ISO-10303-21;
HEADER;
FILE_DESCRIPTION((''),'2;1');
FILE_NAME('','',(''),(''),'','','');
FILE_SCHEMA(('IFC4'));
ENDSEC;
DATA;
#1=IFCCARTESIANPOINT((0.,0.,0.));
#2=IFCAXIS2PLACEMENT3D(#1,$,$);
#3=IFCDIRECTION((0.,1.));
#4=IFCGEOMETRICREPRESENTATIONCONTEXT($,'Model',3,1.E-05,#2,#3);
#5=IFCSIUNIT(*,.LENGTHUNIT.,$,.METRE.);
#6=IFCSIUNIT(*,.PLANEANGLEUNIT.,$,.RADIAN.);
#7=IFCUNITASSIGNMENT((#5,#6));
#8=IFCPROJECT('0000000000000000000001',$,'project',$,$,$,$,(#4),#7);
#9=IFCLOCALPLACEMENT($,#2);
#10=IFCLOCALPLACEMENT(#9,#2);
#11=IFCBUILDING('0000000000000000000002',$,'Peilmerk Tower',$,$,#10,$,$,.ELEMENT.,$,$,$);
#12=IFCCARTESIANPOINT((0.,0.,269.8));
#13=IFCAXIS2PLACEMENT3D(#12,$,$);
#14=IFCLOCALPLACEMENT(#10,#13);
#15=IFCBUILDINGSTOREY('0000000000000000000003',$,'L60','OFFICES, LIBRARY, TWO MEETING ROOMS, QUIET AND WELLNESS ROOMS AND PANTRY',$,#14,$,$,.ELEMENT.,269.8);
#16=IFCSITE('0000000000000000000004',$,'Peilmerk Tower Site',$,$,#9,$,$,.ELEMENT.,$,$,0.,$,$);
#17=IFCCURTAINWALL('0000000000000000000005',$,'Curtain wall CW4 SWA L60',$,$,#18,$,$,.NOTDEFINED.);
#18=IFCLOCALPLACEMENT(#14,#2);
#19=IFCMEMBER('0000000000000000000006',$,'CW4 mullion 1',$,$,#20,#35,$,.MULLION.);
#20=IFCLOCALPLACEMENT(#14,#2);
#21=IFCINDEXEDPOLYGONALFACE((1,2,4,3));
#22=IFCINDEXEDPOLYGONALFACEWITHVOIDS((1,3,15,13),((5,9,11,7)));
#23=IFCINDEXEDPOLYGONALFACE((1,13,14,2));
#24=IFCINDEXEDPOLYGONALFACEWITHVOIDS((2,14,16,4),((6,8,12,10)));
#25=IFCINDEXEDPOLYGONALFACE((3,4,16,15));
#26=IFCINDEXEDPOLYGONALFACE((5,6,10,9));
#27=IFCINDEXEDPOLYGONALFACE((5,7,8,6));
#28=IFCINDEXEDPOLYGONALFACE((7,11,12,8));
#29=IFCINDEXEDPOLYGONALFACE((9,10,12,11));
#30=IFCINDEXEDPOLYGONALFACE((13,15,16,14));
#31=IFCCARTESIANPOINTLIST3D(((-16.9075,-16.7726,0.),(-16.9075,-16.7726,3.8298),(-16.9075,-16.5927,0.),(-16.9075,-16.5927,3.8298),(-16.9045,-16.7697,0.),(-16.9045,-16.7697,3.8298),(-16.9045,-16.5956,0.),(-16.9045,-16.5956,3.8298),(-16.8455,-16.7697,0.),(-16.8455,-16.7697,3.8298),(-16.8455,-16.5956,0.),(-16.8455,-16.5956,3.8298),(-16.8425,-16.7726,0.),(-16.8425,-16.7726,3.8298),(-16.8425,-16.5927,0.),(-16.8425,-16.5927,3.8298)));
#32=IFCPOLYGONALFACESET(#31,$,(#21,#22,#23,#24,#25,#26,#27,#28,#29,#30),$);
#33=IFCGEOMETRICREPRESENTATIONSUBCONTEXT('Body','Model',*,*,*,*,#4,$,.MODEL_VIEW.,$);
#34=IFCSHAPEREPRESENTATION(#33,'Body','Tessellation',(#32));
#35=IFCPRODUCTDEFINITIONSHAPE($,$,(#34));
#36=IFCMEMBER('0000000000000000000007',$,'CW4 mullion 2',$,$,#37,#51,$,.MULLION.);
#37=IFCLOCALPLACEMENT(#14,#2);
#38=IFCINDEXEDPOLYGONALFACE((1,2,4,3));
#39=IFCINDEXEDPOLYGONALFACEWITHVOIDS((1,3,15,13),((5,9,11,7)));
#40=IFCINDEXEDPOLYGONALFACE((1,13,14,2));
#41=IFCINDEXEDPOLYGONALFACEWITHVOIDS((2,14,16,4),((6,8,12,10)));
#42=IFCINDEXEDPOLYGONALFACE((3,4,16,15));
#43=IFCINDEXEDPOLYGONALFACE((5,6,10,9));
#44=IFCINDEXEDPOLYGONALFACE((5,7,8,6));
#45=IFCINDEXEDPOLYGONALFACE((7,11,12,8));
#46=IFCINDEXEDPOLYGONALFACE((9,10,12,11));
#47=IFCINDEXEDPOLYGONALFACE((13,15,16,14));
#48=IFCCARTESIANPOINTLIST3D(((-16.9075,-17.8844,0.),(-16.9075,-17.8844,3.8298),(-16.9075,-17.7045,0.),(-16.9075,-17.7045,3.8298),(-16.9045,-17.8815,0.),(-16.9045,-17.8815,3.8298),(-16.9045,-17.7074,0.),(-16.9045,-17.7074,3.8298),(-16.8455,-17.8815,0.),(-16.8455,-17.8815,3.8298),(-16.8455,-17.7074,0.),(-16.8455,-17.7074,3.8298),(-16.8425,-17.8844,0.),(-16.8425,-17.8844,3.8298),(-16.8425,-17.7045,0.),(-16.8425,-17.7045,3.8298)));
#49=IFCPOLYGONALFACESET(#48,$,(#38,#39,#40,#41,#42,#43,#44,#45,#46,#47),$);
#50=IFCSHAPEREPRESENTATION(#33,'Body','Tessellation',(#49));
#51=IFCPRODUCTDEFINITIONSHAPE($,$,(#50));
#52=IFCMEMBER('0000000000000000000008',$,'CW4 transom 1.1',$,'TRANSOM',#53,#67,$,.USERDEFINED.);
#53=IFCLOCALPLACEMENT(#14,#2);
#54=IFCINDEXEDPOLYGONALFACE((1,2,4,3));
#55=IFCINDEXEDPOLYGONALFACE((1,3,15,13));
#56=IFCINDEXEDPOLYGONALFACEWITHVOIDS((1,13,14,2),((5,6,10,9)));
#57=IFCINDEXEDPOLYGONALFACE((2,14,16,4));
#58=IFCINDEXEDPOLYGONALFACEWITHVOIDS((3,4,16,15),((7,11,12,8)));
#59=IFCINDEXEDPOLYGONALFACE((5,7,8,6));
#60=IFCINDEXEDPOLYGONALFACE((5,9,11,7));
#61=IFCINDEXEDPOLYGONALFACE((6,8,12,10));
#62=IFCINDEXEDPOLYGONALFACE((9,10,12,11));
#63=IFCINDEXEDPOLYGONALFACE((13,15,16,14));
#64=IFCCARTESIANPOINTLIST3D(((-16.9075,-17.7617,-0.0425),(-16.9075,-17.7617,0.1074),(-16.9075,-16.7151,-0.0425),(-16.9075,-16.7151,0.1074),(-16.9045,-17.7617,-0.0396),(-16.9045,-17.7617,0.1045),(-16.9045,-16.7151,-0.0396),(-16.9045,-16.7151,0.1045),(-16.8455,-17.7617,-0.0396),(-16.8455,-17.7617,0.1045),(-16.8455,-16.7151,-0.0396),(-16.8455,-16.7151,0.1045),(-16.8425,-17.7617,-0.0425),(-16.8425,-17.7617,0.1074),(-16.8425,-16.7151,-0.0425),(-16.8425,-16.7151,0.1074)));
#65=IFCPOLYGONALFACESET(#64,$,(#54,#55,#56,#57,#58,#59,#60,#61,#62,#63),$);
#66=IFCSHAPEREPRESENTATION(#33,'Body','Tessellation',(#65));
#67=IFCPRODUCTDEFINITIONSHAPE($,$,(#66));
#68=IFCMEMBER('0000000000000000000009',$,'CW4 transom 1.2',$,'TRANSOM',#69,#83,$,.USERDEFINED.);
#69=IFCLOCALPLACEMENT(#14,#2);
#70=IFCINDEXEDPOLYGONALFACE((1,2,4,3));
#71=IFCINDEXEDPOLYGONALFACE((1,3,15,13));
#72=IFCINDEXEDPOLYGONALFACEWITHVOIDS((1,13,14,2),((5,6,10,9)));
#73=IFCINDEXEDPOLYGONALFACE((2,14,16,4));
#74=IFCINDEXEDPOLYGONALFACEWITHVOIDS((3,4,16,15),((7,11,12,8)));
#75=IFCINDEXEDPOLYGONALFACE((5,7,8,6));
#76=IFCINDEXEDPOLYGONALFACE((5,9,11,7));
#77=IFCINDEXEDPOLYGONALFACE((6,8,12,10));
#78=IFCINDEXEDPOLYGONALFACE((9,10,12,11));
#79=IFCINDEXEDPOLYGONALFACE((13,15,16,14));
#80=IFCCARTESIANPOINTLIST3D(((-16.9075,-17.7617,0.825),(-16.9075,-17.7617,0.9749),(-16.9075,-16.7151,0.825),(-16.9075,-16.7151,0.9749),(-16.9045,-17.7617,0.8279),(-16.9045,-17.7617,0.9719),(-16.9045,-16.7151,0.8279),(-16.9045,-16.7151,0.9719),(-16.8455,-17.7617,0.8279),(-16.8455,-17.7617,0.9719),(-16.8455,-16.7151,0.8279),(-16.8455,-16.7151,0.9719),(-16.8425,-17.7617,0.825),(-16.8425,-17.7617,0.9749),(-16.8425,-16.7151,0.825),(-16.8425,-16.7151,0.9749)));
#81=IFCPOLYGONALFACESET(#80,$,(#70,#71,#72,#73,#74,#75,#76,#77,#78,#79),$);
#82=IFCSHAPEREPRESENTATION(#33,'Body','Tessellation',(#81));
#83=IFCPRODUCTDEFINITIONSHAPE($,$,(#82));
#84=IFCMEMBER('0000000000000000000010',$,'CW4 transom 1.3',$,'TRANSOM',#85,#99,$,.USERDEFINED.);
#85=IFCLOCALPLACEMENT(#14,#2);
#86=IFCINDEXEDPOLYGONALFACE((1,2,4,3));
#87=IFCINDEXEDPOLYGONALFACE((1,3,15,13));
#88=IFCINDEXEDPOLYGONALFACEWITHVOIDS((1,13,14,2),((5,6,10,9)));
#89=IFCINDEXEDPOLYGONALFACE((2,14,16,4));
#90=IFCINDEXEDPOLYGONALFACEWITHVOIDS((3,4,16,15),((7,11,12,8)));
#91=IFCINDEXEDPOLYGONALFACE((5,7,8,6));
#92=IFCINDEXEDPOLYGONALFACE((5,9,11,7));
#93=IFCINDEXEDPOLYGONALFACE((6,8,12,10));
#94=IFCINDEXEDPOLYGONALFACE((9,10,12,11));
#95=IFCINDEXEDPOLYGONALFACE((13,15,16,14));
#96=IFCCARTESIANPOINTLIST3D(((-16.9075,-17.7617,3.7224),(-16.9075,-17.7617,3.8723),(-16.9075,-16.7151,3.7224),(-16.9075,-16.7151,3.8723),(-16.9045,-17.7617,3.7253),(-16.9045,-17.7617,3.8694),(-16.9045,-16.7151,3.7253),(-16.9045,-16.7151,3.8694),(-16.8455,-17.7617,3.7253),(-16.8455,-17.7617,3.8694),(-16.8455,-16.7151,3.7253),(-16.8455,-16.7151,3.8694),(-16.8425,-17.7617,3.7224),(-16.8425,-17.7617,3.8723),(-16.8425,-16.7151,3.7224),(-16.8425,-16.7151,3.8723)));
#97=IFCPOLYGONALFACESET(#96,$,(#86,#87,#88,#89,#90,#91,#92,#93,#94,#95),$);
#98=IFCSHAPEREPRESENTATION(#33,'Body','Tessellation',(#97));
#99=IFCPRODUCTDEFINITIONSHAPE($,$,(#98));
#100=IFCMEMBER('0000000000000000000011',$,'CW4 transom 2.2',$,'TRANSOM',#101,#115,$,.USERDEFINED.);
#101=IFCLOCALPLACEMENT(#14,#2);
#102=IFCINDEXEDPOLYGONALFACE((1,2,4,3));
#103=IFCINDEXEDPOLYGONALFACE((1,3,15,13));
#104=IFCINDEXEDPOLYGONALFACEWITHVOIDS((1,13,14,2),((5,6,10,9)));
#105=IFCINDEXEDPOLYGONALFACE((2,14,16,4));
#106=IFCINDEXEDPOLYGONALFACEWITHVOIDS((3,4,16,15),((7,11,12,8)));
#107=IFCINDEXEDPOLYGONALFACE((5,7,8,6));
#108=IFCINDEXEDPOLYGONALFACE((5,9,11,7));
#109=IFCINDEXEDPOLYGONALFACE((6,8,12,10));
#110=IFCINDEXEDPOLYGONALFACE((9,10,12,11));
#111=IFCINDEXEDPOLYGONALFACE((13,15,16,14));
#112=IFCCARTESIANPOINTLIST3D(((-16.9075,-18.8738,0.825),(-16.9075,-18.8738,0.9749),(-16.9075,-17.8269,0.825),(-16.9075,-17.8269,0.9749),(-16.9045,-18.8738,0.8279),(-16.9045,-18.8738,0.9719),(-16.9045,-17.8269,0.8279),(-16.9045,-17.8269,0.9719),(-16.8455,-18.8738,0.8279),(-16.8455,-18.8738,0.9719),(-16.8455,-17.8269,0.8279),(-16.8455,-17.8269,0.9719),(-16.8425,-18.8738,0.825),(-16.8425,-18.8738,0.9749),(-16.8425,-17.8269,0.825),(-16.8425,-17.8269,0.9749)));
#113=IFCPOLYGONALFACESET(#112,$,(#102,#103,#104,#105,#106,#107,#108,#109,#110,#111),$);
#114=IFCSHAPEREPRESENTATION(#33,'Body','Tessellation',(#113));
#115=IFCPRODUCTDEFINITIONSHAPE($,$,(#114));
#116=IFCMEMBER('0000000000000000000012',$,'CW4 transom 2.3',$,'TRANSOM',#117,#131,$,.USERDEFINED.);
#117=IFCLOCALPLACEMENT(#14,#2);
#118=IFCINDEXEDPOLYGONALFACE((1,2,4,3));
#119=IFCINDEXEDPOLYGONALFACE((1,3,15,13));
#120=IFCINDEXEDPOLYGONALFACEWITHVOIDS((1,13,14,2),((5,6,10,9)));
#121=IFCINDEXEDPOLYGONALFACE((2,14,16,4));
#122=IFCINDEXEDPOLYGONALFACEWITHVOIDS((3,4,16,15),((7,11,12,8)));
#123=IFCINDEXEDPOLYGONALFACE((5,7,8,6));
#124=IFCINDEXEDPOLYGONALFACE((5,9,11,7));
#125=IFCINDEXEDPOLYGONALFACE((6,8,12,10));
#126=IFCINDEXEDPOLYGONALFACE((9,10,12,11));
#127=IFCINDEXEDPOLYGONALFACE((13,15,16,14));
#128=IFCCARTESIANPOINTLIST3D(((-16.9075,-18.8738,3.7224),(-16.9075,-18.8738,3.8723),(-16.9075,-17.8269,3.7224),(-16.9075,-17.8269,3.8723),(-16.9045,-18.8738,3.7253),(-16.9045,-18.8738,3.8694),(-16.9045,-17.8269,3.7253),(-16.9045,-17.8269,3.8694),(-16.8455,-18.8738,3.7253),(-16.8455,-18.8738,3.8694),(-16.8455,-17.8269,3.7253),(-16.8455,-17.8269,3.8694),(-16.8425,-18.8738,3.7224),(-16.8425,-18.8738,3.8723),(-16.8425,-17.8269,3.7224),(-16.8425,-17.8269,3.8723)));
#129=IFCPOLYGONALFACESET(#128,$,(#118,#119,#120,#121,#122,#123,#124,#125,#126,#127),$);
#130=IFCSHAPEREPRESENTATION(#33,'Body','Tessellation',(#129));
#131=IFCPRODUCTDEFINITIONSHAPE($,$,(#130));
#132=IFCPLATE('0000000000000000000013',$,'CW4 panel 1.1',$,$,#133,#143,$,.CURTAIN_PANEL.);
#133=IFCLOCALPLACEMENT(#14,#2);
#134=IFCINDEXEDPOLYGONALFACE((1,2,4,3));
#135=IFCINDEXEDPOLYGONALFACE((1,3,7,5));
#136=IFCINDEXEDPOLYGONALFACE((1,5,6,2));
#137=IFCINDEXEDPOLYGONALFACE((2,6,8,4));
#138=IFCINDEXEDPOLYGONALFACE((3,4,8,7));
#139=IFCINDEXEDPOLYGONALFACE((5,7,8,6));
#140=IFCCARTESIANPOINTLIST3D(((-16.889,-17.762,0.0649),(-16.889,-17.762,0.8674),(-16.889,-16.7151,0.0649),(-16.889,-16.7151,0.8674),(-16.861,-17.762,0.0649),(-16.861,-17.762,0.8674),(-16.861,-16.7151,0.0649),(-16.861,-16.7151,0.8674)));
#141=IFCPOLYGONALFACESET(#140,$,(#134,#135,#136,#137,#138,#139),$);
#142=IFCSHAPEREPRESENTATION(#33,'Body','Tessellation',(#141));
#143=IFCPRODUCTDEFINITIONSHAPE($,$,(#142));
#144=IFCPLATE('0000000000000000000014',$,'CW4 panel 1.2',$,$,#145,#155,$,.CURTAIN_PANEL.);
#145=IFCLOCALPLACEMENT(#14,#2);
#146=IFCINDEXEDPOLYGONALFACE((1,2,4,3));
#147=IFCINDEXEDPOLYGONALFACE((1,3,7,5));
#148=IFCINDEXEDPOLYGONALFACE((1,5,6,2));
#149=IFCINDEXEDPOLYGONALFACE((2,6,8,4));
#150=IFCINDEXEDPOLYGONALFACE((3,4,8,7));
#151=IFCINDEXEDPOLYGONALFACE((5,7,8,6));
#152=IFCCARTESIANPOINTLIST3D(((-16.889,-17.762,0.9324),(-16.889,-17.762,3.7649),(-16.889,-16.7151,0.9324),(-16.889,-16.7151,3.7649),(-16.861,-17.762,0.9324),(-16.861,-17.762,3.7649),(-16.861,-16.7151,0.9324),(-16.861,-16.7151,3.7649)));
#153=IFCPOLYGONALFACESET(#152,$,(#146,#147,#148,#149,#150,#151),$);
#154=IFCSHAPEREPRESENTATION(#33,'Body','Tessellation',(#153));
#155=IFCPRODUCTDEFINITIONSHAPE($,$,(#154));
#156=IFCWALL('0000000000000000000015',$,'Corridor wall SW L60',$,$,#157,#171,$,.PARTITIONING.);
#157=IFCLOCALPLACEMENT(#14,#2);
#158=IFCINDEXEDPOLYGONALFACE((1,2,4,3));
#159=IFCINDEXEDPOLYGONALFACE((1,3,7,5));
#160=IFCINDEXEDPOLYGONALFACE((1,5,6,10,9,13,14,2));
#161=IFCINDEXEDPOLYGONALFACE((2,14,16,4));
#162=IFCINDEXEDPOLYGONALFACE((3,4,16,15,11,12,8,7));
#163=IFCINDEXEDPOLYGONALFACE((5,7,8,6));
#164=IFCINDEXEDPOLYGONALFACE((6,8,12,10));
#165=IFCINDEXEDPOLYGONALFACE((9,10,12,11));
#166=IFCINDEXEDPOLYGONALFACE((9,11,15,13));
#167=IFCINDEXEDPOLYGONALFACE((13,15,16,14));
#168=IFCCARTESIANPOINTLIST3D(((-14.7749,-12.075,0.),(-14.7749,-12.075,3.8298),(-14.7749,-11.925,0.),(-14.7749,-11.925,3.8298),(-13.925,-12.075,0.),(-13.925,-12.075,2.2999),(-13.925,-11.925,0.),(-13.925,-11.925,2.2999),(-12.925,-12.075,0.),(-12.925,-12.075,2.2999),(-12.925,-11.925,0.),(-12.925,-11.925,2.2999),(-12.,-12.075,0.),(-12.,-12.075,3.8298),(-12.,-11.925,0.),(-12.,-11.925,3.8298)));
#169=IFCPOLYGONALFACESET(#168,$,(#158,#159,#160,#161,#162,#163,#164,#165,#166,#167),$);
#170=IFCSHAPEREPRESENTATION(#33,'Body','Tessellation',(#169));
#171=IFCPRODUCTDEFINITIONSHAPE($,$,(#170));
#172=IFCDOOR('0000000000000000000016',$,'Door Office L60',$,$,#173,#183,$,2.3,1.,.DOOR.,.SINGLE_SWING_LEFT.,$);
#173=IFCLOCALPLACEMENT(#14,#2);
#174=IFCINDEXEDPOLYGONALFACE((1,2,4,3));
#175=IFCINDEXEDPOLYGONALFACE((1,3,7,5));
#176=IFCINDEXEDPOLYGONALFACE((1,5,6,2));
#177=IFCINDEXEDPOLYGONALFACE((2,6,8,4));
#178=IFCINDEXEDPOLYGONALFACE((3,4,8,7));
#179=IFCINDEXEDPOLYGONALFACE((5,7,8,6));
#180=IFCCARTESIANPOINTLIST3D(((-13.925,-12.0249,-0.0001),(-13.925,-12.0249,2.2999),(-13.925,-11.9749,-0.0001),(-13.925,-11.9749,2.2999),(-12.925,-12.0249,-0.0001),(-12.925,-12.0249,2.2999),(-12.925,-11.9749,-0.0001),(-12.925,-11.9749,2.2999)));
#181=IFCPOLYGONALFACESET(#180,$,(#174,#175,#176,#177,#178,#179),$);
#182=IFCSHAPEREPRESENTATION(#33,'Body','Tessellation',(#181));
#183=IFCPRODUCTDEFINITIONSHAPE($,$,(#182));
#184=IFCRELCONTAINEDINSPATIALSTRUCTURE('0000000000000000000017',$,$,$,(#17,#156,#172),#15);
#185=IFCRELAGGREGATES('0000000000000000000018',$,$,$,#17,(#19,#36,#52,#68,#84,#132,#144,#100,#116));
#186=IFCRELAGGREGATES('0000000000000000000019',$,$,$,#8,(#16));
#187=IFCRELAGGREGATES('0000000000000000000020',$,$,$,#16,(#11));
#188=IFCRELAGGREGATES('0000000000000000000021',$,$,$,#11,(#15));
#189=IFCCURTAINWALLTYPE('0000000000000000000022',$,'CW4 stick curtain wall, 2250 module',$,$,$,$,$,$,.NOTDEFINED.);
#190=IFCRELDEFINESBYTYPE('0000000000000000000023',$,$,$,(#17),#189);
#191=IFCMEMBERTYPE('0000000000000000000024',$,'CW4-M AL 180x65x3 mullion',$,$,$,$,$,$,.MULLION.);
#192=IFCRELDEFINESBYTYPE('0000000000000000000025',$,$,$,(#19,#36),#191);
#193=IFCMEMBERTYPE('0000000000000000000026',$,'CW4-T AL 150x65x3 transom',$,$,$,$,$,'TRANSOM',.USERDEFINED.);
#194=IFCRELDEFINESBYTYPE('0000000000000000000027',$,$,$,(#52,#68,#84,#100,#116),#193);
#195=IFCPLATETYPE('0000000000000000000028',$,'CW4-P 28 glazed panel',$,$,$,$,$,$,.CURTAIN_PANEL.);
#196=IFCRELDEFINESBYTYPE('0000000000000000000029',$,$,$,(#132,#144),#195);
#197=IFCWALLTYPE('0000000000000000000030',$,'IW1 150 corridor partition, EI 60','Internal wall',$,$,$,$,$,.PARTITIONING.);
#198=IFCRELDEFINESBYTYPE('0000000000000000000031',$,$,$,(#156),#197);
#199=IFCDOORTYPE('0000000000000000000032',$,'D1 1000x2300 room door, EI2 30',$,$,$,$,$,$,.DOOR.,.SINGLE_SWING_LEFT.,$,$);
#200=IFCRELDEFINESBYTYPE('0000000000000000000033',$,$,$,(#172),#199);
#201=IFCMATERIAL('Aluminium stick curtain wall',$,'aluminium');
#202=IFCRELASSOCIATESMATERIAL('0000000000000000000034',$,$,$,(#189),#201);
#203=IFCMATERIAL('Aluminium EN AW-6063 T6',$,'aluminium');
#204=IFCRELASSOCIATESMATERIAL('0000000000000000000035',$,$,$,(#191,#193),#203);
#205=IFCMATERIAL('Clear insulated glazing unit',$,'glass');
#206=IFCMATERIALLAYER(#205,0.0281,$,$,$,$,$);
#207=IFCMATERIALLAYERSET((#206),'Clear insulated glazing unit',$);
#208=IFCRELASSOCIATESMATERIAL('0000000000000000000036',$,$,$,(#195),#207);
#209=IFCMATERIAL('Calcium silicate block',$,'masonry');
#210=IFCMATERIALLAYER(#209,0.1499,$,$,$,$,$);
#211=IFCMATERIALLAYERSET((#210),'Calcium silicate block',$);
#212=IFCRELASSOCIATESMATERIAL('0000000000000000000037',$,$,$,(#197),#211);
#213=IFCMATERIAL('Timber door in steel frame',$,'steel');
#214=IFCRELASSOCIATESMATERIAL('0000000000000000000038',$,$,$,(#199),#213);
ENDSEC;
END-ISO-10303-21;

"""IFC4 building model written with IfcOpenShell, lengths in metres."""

from ifc_helpers import new_model, si_unit, direction, frame, frame_2d, origin, origin_2d, place, context, subcontext, project, spatial, rectangle, hollow_rectangle, extrude, material, layer, layer_set, material_profile, profile_set, type_object, element, fill, aggregate, save


model = new_model("IFC4")

# Units and contexts
model_context = context("Model", 3, precision=1e-05, world=origin(), true_north=direction((0.0, 1.0)))
body_context = subcontext(model_context, "Body", "Model", "MODEL_VIEW")
ifc_project = project(units=[si_unit("LENGTHUNIT", "METRE"), si_unit("PLANEANGLEUNIT", "RADIAN")], contexts=[model_context])

# Site, building, storey
site_placement = place(None, origin())
site = spatial("IfcSite", under=ifc_project, at=site_placement, Name="Peilmerk Tower Site", CompositionType="ELEMENT", RefElevation=0.0)
building_placement = place(site_placement, origin())
building = spatial("IfcBuilding", under=site, at=building_placement, Name="Peilmerk Tower", CompositionType="ELEMENT")
storey_placement = place(building_placement, frame((0.0, 0.0, 269.8)))
storey = spatial("IfcBuildingStorey", under=building, at=storey_placement, Name="L60", Description="OFFICES, LIBRARY, TWO MEETING ROOMS, QUIET AND WELLNESS ROOMS AND PANTRY", CompositionType="ELEMENT", Elevation=269.8)

# Curtain wall, members, plates
ifc_material_1 = material(Name="Aluminium stick curtain wall", Category="aluminium")
curtain_wall_type = type_object("IfcCurtainWallType", Name="CW4 stick curtain wall, 2250 module", PredefinedType="NOTDEFINED", material=ifc_material_1)
curtain_wall_placement = place(storey_placement, origin())
curtain_wall = element("IfcCurtainWall", 1, at=curtain_wall_placement, inside=storey, type_object=curtain_wall_type, Name="Curtain wall CW4 SWA L60", PredefinedType="NOTDEFINED")
ifc_material_2 = material(Name="Aluminium EN AW-6063 T6", Category="aluminium")
ifc_material_profile_1 = material_profile(ifc_material_2, hollow_rectangle(XDim=0.0649, YDim=0.1799, WallThickness=0.0029, at=origin_2d()), Name="AL 180x65x3")
ifc_profile_set_1 = profile_set([ifc_material_profile_1], Name="Aluminium EN AW-6063 T6")
member_type_1 = type_object("IfcMemberType", Name="CW4-M AL 180x65x3 mullion", PredefinedType="MULLION", material=ifc_profile_set_1)
member_1_placement = place(storey_placement, frame((-16.875, -16.6826, 0.0), z_axis=(0.0, 0.0, 1.0), x_axis=(1.0, 0.0, 0.0)))
member_1 = element("IfcMember", 2, at=member_1_placement, type_object=member_type_1, Name="CW4 mullion 1", PredefinedType="MULLION", context=body_context, shape_type="SweptSolid", body=[
    extrude(hollow_rectangle(XDim=0.0649, YDim=0.1799, WallThickness=0.0029, at=origin_2d()), origin(), (0.0, 0.0, 1.0), 3.8298),
])
member_2_placement = place(storey_placement, frame((-16.875, -17.7944, 0.0), z_axis=(0.0, 0.0, 1.0), x_axis=(1.0, 0.0, 0.0)))
member_2 = element("IfcMember", 3, at=member_2_placement, type_object=member_type_1, Name="CW4 mullion 2", PredefinedType="MULLION", context=body_context, shape_type="SweptSolid", body=[
    extrude(hollow_rectangle(XDim=0.0649, YDim=0.1799, WallThickness=0.0029, at=origin_2d()), origin(), (0.0, 0.0, 1.0), 3.8298),
])
ifc_material_profile_2 = material_profile(ifc_material_2, hollow_rectangle(XDim=0.0649, YDim=0.1499, WallThickness=0.0029, at=origin_2d()), Name="AL 150x65x3")
ifc_profile_set_2 = profile_set([ifc_material_profile_2], Name="Aluminium EN AW-6063 T6")
member_type_2 = type_object("IfcMemberType", Name="CW4-T AL 150x65x3 transom", ElementType="TRANSOM", PredefinedType="USERDEFINED", material=ifc_profile_set_2)
member_3_placement = place(storey_placement, frame((-16.875, -16.7151, 0.0325), z_axis=(0.0, -1.0, 0.0), x_axis=(1.0, 0.0, 0.0)))
member_3 = element("IfcMember", 4, at=member_3_placement, type_object=member_type_2, Name="CW4 transom 1.1", ObjectType="TRANSOM", PredefinedType="USERDEFINED", context=body_context, shape_type="SweptSolid", body=[
    extrude(hollow_rectangle(XDim=0.0649, YDim=0.1499, WallThickness=0.0029, at=origin_2d()), origin(), (0.0, 0.0, 1.0), 1.0466),
])
member_4_placement = place(storey_placement, frame((-16.875, -16.7151, 0.8999), z_axis=(0.0, -1.0, 0.0), x_axis=(1.0, 0.0, 0.0)))
member_4 = element("IfcMember", 5, at=member_4_placement, type_object=member_type_2, Name="CW4 transom 1.2", ObjectType="TRANSOM", PredefinedType="USERDEFINED", context=body_context, shape_type="SweptSolid", body=[
    extrude(hollow_rectangle(XDim=0.0649, YDim=0.1499, WallThickness=0.0029, at=origin_2d()), origin(), (0.0, 0.0, 1.0), 1.0466),
])
member_5_placement = place(storey_placement, frame((-16.875, -16.7151, 3.7974), z_axis=(0.0, -1.0, 0.0), x_axis=(1.0, 0.0, 0.0)))
member_5 = element("IfcMember", 6, at=member_5_placement, type_object=member_type_2, Name="CW4 transom 1.3", ObjectType="TRANSOM", PredefinedType="USERDEFINED", context=body_context, shape_type="SweptSolid", body=[
    extrude(hollow_rectangle(XDim=0.0649, YDim=0.1499, WallThickness=0.0029, at=origin_2d()), origin(), (0.0, 0.0, 1.0), 1.0466),
])
member_6_placement = place(storey_placement, frame((-16.875, -17.8269, 0.8999), z_axis=(0.0, -1.0, 0.0), x_axis=(1.0, 0.0, 0.0)))
member_6 = element("IfcMember", 7, at=member_6_placement, type_object=member_type_2, Name="CW4 transom 2.2", ObjectType="TRANSOM", PredefinedType="USERDEFINED", context=body_context, shape_type="SweptSolid", body=[
    extrude(hollow_rectangle(XDim=0.0649, YDim=0.1499, WallThickness=0.0029, at=origin_2d()), origin(), (0.0, 0.0, 1.0), 1.0469),
])
member_7_placement = place(storey_placement, frame((-16.875, -17.8269, 3.7974), z_axis=(0.0, -1.0, 0.0), x_axis=(1.0, 0.0, 0.0)))
member_7 = element("IfcMember", 8, at=member_7_placement, type_object=member_type_2, Name="CW4 transom 2.3", ObjectType="TRANSOM", PredefinedType="USERDEFINED", context=body_context, shape_type="SweptSolid", body=[
    extrude(hollow_rectangle(XDim=0.0649, YDim=0.1499, WallThickness=0.0029, at=origin_2d()), origin(), (0.0, 0.0, 1.0), 1.0469),
])
ifc_material_3 = material(Name="Clear insulated glazing unit", Category="glass")
ifc_layer_1 = layer(ifc_material_3, 0.0281)
ifc_layer_set_1 = layer_set([ifc_layer_1], Name="Clear insulated glazing unit")
plate_type = type_object("IfcPlateType", Name="CW4-P 28 glazed panel", PredefinedType="CURTAIN_PANEL", material=ifc_layer_set_1)
plate_1_placement = place(storey_placement, frame((-16.875, -17.2385, 0.0649), z_axis=(0.0, 0.0, 1.0), x_axis=(0.0, -1.0, 0.0)))
plate_1 = element("IfcPlate", 9, at=plate_1_placement, type_object=plate_type, Name="CW4 panel 1.1", PredefinedType="CURTAIN_PANEL", context=body_context, shape_type="SweptSolid", body=[
    extrude(rectangle(XDim=1.0469, YDim=0.0281, at=origin_2d()), origin(), (0.0, 0.0, 1.0), 0.8025),
])
plate_2_placement = place(storey_placement, frame((-16.875, -17.2385, 0.9324), z_axis=(0.0, 0.0, 1.0), x_axis=(0.0, -1.0, 0.0)))
plate_2 = element("IfcPlate", 10, at=plate_2_placement, type_object=plate_type, Name="CW4 panel 1.2", PredefinedType="CURTAIN_PANEL", context=body_context, shape_type="SweptSolid", body=[
    extrude(rectangle(XDim=1.0469, YDim=0.0281, at=origin_2d()), origin(), (0.0, 0.0, 1.0), 2.8325),
])
aggregate(curtain_wall, [member_1, member_2, member_3, member_4, member_5, plate_1, plate_2, member_6, member_7])

# Wall, opening, door
ifc_material_4 = material(Name="Calcium silicate block", Category="masonry")
ifc_layer_2 = layer(ifc_material_4, 0.1499)
ifc_layer_set_2 = layer_set([ifc_layer_2], Name="Calcium silicate block")
wall_type_1 = type_object("IfcWallType", Name="IW1 150 corridor partition, EI 60", Description="Internal wall", PredefinedType="PARTITIONING", material=ifc_layer_set_2)
wall_1_placement = place(storey_placement, frame((-12.0, -12.0, 0.0), z_axis=(0.0, 0.0, 1.0), x_axis=(-1.0, 0.0, 0.0)))
wall_1 = element("IfcWall", 11, at=wall_1_placement, inside=storey, type_object=wall_type_1, Name="Corridor wall SW L60", PredefinedType="PARTITIONING", context=body_context, shape_type="SweptSolid", body=[
    extrude(rectangle(XDim=2.7749, YDim=0.1499, at=frame_2d((1.3875, 0.0))), origin(), (0.0, 0.0, 1.0), 3.8298),
])
opening_placement = place(wall_1_placement, frame((0.925, 0.0, 0.0)))
opening = element("IfcOpeningElement", 12, at=opening_placement, cuts=wall_1, PredefinedType="OPENING", context=body_context, shape_type="SweptSolid", body=[
    extrude(rectangle(XDim=1.0, YDim=2.3, at=frame_2d((0.5, 1.1499))), frame((0.0, 0.085, 0.0), z_axis=(0.0, -1.0, 0.0), x_axis=(1.0, 0.0, 0.0)), (0.0, 0.0, 1.0), 0.1699),
])
ifc_material_5 = material(Name="Timber door in steel frame", Category="steel")
door_type = type_object("IfcDoorType", Name="D1 1000x2300 room door, EI2 30", OperationType="SINGLE_SWING_LEFT", PredefinedType="DOOR", material=ifc_material_5)
door_placement = place(opening_placement, origin())
door = element("IfcDoor", 13, at=door_placement, inside=storey, type_object=door_type, Name="Door Office L60", OperationType="SINGLE_SWING_LEFT", OverallHeight=2.3, OverallWidth=1.0, PredefinedType="DOOR", context=body_context, shape_type="SweptSolid", body=[
    extrude(rectangle(XDim=1.0, YDim=2.3, at=frame_2d((0.5, 1.1499))), frame((0.0, 0.0249, 0.0), z_axis=(0.0, -1.0, 0.0), x_axis=(1.0, 0.0, 0.0)), (0.0, 0.0, 1.0), 0.05),
])
fill(opening, door)

save(model, "model.ifc")
